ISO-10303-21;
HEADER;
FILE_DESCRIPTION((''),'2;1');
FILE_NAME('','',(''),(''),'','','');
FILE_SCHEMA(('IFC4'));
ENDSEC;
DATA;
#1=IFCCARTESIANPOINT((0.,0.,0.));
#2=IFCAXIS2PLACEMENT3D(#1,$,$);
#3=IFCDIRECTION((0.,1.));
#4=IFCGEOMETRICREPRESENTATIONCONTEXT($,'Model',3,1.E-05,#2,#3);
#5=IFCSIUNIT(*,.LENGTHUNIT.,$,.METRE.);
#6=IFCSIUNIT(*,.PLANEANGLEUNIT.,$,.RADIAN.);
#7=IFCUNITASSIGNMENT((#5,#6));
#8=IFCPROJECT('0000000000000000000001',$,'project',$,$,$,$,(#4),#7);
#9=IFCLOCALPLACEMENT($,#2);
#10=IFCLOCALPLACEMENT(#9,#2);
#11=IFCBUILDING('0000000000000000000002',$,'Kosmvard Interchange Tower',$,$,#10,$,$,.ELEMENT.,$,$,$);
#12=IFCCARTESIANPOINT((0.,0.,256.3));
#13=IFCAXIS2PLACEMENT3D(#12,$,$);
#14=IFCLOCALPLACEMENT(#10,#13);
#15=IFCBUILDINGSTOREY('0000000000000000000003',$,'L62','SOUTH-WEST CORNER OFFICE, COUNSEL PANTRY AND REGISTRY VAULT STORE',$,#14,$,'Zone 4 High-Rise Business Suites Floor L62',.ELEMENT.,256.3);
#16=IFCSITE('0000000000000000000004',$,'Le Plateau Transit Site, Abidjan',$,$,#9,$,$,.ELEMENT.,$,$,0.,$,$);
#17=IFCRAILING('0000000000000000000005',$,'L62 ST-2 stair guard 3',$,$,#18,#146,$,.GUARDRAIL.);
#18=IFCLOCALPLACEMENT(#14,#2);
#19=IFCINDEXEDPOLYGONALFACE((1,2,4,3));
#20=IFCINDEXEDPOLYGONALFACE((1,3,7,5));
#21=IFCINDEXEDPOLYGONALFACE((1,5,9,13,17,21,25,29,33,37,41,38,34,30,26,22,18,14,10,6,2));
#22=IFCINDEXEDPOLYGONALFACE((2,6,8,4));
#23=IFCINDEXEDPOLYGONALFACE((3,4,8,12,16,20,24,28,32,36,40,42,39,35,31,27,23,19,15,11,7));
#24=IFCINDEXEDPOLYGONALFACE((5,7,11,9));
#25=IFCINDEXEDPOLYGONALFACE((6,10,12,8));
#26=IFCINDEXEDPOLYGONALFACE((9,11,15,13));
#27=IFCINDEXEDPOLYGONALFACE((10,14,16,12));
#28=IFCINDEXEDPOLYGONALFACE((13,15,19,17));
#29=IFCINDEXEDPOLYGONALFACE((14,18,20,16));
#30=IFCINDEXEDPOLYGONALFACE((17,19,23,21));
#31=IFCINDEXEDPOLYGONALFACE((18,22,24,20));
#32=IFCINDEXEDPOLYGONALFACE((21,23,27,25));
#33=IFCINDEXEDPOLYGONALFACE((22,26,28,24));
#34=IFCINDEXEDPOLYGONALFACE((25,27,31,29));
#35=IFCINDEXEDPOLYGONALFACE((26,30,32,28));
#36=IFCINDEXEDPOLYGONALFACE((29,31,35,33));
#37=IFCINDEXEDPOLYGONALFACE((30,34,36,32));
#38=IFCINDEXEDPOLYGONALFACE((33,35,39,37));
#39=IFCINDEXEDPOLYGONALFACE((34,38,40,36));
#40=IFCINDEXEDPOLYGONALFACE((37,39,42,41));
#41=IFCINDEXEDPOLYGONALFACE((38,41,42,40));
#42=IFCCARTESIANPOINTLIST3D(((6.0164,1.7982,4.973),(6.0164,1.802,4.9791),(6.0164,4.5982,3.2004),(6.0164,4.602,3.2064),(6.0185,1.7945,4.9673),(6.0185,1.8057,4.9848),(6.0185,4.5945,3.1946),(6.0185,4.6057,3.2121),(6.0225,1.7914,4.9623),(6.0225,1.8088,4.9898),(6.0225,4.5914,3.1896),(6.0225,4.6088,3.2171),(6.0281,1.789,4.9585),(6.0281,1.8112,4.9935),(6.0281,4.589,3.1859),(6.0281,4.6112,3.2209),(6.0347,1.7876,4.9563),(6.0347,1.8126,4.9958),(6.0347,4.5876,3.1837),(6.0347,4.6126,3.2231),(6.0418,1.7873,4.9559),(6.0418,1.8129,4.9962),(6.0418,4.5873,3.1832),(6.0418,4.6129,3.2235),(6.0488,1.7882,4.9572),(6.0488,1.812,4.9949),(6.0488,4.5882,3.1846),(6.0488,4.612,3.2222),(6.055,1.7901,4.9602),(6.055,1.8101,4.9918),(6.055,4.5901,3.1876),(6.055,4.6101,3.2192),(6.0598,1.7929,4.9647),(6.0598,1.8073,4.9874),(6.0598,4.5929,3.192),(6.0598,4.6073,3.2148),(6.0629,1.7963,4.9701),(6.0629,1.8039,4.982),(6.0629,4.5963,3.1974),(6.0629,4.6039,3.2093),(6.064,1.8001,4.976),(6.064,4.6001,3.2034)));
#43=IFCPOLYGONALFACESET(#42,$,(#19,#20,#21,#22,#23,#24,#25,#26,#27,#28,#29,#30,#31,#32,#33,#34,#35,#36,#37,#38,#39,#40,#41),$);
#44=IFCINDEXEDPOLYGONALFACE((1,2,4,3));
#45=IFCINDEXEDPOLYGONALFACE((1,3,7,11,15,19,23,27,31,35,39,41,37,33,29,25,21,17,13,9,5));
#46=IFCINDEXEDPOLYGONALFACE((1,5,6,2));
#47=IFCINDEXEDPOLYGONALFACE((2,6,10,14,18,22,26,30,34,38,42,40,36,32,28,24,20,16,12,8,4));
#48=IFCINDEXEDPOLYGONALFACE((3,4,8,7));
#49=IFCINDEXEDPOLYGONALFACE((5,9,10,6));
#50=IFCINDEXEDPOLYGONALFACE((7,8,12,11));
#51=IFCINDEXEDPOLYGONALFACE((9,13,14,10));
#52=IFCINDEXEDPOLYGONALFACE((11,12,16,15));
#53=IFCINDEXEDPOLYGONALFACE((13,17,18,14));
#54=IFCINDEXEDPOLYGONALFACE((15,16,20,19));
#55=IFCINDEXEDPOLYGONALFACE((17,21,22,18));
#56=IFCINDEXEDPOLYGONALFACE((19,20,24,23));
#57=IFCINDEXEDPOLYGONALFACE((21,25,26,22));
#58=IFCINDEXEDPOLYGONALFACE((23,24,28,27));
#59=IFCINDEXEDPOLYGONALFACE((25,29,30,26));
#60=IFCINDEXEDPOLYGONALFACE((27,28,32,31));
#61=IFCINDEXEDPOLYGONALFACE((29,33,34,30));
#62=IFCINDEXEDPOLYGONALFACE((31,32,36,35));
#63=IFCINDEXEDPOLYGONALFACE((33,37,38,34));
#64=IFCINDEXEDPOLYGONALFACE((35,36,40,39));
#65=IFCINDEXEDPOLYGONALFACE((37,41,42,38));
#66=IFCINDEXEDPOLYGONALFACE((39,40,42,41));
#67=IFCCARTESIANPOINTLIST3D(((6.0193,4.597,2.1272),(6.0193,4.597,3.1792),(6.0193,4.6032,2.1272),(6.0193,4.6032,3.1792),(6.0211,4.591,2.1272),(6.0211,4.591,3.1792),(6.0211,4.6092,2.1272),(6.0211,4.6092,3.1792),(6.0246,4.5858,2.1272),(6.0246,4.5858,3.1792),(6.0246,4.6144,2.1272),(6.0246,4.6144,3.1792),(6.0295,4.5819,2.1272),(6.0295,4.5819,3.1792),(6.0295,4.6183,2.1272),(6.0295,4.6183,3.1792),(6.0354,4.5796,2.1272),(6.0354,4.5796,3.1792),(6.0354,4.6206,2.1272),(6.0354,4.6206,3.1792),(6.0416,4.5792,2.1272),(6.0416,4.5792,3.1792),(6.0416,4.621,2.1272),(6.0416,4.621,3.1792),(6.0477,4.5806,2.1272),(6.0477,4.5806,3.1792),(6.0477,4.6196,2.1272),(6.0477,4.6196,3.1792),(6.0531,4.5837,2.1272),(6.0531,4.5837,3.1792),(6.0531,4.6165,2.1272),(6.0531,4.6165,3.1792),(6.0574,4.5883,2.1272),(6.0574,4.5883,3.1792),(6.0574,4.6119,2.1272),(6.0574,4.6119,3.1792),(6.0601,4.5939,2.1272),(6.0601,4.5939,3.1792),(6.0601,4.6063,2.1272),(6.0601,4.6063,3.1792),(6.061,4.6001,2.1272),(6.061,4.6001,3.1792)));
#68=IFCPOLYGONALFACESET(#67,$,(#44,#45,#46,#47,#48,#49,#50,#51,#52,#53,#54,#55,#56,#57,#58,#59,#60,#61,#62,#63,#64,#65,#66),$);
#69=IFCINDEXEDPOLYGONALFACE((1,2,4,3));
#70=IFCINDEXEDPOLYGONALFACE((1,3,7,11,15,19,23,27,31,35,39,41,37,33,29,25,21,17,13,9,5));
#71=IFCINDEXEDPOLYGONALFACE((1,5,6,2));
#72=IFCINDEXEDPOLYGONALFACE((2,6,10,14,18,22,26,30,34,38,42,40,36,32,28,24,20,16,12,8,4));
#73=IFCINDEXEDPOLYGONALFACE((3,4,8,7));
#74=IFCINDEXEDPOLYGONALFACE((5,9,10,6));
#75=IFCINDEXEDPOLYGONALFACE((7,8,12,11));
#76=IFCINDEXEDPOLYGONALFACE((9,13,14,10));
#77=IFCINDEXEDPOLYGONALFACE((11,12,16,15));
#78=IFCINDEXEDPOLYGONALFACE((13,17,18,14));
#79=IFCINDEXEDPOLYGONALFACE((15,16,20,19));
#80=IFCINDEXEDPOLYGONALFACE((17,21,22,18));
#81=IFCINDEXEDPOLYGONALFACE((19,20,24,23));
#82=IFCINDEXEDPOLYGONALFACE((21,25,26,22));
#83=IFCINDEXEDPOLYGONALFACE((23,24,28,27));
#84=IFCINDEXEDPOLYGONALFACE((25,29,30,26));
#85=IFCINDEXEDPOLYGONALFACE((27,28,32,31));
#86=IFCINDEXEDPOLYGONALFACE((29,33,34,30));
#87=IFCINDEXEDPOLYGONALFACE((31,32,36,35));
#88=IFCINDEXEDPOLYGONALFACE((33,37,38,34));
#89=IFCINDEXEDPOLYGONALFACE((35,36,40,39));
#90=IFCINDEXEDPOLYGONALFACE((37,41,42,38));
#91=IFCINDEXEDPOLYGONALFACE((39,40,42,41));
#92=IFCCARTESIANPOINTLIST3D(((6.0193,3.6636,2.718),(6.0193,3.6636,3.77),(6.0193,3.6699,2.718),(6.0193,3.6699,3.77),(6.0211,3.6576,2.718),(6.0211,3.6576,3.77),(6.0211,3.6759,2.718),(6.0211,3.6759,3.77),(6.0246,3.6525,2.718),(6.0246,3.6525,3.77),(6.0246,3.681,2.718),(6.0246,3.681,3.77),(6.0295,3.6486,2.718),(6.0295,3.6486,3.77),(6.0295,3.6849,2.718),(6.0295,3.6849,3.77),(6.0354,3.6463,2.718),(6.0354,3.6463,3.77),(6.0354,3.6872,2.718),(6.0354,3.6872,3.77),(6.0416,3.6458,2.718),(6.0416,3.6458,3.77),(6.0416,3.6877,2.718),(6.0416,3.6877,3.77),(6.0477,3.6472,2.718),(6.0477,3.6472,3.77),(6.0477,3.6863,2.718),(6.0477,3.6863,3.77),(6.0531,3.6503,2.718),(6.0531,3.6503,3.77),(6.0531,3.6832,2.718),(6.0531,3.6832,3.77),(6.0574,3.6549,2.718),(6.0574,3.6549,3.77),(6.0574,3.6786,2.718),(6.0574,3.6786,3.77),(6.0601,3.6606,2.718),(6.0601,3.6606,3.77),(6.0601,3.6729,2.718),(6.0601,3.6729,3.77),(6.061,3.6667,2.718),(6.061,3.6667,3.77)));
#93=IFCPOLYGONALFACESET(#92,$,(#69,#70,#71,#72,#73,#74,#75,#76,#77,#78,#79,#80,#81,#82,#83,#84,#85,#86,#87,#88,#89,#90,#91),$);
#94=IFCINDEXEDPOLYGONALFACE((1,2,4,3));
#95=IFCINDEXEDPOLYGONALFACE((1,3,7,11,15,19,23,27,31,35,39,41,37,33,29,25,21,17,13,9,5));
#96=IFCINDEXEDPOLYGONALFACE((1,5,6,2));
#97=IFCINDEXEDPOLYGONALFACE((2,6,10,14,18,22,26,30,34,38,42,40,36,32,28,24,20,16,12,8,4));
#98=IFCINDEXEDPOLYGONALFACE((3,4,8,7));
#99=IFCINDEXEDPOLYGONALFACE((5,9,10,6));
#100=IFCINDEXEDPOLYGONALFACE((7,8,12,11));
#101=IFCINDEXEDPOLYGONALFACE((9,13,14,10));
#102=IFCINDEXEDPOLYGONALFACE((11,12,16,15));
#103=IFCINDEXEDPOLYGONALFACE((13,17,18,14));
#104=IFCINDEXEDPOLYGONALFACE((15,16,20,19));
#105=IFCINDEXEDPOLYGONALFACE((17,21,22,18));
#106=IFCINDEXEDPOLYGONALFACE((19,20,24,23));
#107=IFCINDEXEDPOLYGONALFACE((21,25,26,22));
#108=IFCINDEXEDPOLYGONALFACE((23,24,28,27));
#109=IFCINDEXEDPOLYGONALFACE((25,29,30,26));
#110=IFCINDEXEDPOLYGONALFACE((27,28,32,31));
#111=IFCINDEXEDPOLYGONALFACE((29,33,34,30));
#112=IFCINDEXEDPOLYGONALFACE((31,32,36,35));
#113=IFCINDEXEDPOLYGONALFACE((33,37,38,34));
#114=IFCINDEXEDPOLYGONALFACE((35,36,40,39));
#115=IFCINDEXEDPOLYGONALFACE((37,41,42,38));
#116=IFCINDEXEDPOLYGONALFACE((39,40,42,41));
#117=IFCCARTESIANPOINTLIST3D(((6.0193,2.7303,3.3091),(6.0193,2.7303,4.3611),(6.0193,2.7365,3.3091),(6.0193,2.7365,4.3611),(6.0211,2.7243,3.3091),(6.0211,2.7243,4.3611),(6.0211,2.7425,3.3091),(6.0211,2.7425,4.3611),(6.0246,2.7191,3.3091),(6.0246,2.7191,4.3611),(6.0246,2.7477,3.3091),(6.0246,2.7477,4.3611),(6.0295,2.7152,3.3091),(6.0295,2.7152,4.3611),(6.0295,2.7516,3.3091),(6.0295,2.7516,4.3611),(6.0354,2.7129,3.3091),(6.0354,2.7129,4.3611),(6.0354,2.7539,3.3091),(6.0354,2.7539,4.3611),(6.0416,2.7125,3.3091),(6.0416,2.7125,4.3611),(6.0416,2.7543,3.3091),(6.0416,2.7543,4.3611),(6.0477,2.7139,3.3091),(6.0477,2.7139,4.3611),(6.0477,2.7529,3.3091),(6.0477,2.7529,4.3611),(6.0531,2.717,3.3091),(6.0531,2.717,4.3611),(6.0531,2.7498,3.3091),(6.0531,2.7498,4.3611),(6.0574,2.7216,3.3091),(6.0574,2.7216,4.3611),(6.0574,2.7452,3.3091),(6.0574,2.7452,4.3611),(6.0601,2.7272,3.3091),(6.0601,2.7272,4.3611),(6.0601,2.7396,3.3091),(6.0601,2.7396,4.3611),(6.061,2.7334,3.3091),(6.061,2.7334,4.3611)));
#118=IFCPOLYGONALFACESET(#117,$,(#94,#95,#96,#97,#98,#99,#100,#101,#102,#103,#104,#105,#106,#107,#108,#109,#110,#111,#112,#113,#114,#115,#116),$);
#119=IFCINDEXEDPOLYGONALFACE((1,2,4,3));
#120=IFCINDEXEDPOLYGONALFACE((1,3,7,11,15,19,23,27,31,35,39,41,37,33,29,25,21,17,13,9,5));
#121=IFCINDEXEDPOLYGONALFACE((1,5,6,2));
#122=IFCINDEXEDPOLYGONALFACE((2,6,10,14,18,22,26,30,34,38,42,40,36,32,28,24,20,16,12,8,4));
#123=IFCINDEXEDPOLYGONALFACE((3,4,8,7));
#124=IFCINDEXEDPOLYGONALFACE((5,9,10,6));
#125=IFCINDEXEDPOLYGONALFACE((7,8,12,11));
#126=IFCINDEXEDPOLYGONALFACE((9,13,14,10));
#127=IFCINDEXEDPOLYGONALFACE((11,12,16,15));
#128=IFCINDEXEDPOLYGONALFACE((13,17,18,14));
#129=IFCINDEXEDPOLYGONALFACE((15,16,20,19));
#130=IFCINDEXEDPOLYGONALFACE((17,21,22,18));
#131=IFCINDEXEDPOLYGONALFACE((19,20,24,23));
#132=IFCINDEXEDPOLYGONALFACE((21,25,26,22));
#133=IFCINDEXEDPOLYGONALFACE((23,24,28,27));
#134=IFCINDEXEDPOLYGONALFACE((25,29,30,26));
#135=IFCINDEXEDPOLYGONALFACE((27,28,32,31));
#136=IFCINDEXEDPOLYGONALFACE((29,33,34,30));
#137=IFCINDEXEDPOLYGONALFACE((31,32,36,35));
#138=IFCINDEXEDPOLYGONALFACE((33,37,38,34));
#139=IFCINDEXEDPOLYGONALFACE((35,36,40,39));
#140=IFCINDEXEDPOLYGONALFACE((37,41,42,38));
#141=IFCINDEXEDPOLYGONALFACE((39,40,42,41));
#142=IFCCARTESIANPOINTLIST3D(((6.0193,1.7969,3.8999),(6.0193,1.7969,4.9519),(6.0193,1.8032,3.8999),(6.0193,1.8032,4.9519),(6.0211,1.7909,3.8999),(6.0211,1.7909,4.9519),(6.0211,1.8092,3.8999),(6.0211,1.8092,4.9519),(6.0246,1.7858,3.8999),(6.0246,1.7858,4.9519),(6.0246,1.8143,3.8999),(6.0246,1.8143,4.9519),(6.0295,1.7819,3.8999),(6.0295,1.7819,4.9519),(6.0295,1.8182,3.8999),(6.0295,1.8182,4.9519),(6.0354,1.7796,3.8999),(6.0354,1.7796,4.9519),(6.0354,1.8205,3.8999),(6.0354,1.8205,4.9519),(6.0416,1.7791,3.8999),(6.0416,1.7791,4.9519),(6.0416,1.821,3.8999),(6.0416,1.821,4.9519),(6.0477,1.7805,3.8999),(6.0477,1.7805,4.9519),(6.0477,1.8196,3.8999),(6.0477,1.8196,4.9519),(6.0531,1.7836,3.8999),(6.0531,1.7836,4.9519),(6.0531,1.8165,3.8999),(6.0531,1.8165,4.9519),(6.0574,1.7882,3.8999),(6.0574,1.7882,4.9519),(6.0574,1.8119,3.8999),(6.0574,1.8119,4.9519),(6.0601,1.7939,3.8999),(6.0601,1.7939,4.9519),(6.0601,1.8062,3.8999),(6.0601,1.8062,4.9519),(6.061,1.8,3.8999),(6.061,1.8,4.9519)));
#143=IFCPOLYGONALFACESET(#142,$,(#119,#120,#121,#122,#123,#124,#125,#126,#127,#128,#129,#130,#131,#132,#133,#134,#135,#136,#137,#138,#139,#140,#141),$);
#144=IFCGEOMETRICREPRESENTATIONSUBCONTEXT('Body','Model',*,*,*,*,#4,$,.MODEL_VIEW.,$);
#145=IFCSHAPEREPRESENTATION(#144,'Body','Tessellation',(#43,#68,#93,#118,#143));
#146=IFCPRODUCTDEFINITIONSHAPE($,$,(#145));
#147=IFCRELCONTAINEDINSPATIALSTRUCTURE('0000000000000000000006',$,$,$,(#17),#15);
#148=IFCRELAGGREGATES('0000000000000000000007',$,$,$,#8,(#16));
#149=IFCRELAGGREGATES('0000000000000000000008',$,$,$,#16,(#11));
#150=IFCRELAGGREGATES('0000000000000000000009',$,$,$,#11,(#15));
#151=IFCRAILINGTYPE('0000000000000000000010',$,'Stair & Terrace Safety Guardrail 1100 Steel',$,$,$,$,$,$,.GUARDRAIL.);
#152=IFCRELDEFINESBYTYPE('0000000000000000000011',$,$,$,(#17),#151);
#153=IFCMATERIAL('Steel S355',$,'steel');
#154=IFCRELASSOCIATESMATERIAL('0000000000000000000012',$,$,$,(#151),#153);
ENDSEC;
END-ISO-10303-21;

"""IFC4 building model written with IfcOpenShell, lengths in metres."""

from ifc_helpers import new_model, si_unit, direction, frame, origin, origin_2d, place, context, subcontext, project, spatial, circle, extrude, source, transform, mapped, material, type_object, element, save


model = new_model("IFC4")

# Units and contexts
model_context = context("Model", 3, precision=1e-05, world=origin(), true_north=direction((0.0, 1.0)))
body_context = subcontext(model_context, "Body", "Model", "MODEL_VIEW")
ifc_project = project(units=[si_unit("LENGTHUNIT", "METRE"), si_unit("PLANEANGLEUNIT", "RADIAN")], contexts=[model_context])

# Site, building, storey
site_placement = place(None, origin())
site = spatial("IfcSite", under=ifc_project, at=site_placement, Name="Le Plateau Transit Site, Abidjan", CompositionType="ELEMENT", RefElevation=0.0)
building_placement = place(site_placement, origin())
building = spatial("IfcBuilding", under=site, at=building_placement, Name="Kosmvard Interchange Tower", CompositionType="ELEMENT")
storey_placement = place(building_placement, frame((0.0, 0.0, 256.3)))
storey = spatial("IfcBuildingStorey", under=building, at=storey_placement, Name="L62", Description="SOUTH-WEST CORNER OFFICE, COUNSEL PANTRY AND REGISTRY VAULT STORE", LongName="Zone 4 High-Rise Business Suites Floor L62", CompositionType="ELEMENT", Elevation=256.3)

# Shared definitions
ifc_material_1 = material(Name="Steel S355", Category="steel")

# Railing
railing_type_1 = type_object("IfcRailingType", Name="Stair & Terrace Safety Guardrail 1100 Steel", PredefinedType="GUARDRAIL", material=ifc_material_1)
shared_shape_1 = source(origin(), body_context, "Body", "SweptSolid", [
    extrude(circle(Radius=0.0239, at=origin_2d()), frame((0.0, 0.0, 1.0762), z_axis=(0.0, -0.844909, 0.53491), x_axis=(1.0, 0.0, 0.0)), (0.0, 0.0, 1.0), 3.314),
    extrude(circle(Radius=0.021, at=origin_2d()), origin(), (0.0, 0.0, 1.0), 1.052),
    extrude(circle(Radius=0.021, at=origin_2d()), frame((0.0, -0.9333, 0.5908)), (0.0, 0.0, 1.0), 1.052),
    extrude(circle(Radius=0.021, at=origin_2d()), frame((0.0, -1.8667, 1.1819)), (0.0, 0.0, 1.0), 1.052),
    extrude(circle(Radius=0.021, at=origin_2d()), frame((0.0, -2.8, 1.7727)), (0.0, 0.0, 1.0), 1.052),
])
railing_1_placement = place(storey_placement, frame((6.04, 4.6001, 2.1272)))
element("IfcRailing", 1, at=railing_1_placement, inside=storey, type_object=railing_type_1, Name="L62 ST-2 stair guard 3", PredefinedType="GUARDRAIL", context=body_context, shape_type="MappedRepresentation", body=[
    mapped(shared_shape_1, transform((0.0, 0.0, 0.0), scale=1.0)),
])

save(model, "model.ifc")
